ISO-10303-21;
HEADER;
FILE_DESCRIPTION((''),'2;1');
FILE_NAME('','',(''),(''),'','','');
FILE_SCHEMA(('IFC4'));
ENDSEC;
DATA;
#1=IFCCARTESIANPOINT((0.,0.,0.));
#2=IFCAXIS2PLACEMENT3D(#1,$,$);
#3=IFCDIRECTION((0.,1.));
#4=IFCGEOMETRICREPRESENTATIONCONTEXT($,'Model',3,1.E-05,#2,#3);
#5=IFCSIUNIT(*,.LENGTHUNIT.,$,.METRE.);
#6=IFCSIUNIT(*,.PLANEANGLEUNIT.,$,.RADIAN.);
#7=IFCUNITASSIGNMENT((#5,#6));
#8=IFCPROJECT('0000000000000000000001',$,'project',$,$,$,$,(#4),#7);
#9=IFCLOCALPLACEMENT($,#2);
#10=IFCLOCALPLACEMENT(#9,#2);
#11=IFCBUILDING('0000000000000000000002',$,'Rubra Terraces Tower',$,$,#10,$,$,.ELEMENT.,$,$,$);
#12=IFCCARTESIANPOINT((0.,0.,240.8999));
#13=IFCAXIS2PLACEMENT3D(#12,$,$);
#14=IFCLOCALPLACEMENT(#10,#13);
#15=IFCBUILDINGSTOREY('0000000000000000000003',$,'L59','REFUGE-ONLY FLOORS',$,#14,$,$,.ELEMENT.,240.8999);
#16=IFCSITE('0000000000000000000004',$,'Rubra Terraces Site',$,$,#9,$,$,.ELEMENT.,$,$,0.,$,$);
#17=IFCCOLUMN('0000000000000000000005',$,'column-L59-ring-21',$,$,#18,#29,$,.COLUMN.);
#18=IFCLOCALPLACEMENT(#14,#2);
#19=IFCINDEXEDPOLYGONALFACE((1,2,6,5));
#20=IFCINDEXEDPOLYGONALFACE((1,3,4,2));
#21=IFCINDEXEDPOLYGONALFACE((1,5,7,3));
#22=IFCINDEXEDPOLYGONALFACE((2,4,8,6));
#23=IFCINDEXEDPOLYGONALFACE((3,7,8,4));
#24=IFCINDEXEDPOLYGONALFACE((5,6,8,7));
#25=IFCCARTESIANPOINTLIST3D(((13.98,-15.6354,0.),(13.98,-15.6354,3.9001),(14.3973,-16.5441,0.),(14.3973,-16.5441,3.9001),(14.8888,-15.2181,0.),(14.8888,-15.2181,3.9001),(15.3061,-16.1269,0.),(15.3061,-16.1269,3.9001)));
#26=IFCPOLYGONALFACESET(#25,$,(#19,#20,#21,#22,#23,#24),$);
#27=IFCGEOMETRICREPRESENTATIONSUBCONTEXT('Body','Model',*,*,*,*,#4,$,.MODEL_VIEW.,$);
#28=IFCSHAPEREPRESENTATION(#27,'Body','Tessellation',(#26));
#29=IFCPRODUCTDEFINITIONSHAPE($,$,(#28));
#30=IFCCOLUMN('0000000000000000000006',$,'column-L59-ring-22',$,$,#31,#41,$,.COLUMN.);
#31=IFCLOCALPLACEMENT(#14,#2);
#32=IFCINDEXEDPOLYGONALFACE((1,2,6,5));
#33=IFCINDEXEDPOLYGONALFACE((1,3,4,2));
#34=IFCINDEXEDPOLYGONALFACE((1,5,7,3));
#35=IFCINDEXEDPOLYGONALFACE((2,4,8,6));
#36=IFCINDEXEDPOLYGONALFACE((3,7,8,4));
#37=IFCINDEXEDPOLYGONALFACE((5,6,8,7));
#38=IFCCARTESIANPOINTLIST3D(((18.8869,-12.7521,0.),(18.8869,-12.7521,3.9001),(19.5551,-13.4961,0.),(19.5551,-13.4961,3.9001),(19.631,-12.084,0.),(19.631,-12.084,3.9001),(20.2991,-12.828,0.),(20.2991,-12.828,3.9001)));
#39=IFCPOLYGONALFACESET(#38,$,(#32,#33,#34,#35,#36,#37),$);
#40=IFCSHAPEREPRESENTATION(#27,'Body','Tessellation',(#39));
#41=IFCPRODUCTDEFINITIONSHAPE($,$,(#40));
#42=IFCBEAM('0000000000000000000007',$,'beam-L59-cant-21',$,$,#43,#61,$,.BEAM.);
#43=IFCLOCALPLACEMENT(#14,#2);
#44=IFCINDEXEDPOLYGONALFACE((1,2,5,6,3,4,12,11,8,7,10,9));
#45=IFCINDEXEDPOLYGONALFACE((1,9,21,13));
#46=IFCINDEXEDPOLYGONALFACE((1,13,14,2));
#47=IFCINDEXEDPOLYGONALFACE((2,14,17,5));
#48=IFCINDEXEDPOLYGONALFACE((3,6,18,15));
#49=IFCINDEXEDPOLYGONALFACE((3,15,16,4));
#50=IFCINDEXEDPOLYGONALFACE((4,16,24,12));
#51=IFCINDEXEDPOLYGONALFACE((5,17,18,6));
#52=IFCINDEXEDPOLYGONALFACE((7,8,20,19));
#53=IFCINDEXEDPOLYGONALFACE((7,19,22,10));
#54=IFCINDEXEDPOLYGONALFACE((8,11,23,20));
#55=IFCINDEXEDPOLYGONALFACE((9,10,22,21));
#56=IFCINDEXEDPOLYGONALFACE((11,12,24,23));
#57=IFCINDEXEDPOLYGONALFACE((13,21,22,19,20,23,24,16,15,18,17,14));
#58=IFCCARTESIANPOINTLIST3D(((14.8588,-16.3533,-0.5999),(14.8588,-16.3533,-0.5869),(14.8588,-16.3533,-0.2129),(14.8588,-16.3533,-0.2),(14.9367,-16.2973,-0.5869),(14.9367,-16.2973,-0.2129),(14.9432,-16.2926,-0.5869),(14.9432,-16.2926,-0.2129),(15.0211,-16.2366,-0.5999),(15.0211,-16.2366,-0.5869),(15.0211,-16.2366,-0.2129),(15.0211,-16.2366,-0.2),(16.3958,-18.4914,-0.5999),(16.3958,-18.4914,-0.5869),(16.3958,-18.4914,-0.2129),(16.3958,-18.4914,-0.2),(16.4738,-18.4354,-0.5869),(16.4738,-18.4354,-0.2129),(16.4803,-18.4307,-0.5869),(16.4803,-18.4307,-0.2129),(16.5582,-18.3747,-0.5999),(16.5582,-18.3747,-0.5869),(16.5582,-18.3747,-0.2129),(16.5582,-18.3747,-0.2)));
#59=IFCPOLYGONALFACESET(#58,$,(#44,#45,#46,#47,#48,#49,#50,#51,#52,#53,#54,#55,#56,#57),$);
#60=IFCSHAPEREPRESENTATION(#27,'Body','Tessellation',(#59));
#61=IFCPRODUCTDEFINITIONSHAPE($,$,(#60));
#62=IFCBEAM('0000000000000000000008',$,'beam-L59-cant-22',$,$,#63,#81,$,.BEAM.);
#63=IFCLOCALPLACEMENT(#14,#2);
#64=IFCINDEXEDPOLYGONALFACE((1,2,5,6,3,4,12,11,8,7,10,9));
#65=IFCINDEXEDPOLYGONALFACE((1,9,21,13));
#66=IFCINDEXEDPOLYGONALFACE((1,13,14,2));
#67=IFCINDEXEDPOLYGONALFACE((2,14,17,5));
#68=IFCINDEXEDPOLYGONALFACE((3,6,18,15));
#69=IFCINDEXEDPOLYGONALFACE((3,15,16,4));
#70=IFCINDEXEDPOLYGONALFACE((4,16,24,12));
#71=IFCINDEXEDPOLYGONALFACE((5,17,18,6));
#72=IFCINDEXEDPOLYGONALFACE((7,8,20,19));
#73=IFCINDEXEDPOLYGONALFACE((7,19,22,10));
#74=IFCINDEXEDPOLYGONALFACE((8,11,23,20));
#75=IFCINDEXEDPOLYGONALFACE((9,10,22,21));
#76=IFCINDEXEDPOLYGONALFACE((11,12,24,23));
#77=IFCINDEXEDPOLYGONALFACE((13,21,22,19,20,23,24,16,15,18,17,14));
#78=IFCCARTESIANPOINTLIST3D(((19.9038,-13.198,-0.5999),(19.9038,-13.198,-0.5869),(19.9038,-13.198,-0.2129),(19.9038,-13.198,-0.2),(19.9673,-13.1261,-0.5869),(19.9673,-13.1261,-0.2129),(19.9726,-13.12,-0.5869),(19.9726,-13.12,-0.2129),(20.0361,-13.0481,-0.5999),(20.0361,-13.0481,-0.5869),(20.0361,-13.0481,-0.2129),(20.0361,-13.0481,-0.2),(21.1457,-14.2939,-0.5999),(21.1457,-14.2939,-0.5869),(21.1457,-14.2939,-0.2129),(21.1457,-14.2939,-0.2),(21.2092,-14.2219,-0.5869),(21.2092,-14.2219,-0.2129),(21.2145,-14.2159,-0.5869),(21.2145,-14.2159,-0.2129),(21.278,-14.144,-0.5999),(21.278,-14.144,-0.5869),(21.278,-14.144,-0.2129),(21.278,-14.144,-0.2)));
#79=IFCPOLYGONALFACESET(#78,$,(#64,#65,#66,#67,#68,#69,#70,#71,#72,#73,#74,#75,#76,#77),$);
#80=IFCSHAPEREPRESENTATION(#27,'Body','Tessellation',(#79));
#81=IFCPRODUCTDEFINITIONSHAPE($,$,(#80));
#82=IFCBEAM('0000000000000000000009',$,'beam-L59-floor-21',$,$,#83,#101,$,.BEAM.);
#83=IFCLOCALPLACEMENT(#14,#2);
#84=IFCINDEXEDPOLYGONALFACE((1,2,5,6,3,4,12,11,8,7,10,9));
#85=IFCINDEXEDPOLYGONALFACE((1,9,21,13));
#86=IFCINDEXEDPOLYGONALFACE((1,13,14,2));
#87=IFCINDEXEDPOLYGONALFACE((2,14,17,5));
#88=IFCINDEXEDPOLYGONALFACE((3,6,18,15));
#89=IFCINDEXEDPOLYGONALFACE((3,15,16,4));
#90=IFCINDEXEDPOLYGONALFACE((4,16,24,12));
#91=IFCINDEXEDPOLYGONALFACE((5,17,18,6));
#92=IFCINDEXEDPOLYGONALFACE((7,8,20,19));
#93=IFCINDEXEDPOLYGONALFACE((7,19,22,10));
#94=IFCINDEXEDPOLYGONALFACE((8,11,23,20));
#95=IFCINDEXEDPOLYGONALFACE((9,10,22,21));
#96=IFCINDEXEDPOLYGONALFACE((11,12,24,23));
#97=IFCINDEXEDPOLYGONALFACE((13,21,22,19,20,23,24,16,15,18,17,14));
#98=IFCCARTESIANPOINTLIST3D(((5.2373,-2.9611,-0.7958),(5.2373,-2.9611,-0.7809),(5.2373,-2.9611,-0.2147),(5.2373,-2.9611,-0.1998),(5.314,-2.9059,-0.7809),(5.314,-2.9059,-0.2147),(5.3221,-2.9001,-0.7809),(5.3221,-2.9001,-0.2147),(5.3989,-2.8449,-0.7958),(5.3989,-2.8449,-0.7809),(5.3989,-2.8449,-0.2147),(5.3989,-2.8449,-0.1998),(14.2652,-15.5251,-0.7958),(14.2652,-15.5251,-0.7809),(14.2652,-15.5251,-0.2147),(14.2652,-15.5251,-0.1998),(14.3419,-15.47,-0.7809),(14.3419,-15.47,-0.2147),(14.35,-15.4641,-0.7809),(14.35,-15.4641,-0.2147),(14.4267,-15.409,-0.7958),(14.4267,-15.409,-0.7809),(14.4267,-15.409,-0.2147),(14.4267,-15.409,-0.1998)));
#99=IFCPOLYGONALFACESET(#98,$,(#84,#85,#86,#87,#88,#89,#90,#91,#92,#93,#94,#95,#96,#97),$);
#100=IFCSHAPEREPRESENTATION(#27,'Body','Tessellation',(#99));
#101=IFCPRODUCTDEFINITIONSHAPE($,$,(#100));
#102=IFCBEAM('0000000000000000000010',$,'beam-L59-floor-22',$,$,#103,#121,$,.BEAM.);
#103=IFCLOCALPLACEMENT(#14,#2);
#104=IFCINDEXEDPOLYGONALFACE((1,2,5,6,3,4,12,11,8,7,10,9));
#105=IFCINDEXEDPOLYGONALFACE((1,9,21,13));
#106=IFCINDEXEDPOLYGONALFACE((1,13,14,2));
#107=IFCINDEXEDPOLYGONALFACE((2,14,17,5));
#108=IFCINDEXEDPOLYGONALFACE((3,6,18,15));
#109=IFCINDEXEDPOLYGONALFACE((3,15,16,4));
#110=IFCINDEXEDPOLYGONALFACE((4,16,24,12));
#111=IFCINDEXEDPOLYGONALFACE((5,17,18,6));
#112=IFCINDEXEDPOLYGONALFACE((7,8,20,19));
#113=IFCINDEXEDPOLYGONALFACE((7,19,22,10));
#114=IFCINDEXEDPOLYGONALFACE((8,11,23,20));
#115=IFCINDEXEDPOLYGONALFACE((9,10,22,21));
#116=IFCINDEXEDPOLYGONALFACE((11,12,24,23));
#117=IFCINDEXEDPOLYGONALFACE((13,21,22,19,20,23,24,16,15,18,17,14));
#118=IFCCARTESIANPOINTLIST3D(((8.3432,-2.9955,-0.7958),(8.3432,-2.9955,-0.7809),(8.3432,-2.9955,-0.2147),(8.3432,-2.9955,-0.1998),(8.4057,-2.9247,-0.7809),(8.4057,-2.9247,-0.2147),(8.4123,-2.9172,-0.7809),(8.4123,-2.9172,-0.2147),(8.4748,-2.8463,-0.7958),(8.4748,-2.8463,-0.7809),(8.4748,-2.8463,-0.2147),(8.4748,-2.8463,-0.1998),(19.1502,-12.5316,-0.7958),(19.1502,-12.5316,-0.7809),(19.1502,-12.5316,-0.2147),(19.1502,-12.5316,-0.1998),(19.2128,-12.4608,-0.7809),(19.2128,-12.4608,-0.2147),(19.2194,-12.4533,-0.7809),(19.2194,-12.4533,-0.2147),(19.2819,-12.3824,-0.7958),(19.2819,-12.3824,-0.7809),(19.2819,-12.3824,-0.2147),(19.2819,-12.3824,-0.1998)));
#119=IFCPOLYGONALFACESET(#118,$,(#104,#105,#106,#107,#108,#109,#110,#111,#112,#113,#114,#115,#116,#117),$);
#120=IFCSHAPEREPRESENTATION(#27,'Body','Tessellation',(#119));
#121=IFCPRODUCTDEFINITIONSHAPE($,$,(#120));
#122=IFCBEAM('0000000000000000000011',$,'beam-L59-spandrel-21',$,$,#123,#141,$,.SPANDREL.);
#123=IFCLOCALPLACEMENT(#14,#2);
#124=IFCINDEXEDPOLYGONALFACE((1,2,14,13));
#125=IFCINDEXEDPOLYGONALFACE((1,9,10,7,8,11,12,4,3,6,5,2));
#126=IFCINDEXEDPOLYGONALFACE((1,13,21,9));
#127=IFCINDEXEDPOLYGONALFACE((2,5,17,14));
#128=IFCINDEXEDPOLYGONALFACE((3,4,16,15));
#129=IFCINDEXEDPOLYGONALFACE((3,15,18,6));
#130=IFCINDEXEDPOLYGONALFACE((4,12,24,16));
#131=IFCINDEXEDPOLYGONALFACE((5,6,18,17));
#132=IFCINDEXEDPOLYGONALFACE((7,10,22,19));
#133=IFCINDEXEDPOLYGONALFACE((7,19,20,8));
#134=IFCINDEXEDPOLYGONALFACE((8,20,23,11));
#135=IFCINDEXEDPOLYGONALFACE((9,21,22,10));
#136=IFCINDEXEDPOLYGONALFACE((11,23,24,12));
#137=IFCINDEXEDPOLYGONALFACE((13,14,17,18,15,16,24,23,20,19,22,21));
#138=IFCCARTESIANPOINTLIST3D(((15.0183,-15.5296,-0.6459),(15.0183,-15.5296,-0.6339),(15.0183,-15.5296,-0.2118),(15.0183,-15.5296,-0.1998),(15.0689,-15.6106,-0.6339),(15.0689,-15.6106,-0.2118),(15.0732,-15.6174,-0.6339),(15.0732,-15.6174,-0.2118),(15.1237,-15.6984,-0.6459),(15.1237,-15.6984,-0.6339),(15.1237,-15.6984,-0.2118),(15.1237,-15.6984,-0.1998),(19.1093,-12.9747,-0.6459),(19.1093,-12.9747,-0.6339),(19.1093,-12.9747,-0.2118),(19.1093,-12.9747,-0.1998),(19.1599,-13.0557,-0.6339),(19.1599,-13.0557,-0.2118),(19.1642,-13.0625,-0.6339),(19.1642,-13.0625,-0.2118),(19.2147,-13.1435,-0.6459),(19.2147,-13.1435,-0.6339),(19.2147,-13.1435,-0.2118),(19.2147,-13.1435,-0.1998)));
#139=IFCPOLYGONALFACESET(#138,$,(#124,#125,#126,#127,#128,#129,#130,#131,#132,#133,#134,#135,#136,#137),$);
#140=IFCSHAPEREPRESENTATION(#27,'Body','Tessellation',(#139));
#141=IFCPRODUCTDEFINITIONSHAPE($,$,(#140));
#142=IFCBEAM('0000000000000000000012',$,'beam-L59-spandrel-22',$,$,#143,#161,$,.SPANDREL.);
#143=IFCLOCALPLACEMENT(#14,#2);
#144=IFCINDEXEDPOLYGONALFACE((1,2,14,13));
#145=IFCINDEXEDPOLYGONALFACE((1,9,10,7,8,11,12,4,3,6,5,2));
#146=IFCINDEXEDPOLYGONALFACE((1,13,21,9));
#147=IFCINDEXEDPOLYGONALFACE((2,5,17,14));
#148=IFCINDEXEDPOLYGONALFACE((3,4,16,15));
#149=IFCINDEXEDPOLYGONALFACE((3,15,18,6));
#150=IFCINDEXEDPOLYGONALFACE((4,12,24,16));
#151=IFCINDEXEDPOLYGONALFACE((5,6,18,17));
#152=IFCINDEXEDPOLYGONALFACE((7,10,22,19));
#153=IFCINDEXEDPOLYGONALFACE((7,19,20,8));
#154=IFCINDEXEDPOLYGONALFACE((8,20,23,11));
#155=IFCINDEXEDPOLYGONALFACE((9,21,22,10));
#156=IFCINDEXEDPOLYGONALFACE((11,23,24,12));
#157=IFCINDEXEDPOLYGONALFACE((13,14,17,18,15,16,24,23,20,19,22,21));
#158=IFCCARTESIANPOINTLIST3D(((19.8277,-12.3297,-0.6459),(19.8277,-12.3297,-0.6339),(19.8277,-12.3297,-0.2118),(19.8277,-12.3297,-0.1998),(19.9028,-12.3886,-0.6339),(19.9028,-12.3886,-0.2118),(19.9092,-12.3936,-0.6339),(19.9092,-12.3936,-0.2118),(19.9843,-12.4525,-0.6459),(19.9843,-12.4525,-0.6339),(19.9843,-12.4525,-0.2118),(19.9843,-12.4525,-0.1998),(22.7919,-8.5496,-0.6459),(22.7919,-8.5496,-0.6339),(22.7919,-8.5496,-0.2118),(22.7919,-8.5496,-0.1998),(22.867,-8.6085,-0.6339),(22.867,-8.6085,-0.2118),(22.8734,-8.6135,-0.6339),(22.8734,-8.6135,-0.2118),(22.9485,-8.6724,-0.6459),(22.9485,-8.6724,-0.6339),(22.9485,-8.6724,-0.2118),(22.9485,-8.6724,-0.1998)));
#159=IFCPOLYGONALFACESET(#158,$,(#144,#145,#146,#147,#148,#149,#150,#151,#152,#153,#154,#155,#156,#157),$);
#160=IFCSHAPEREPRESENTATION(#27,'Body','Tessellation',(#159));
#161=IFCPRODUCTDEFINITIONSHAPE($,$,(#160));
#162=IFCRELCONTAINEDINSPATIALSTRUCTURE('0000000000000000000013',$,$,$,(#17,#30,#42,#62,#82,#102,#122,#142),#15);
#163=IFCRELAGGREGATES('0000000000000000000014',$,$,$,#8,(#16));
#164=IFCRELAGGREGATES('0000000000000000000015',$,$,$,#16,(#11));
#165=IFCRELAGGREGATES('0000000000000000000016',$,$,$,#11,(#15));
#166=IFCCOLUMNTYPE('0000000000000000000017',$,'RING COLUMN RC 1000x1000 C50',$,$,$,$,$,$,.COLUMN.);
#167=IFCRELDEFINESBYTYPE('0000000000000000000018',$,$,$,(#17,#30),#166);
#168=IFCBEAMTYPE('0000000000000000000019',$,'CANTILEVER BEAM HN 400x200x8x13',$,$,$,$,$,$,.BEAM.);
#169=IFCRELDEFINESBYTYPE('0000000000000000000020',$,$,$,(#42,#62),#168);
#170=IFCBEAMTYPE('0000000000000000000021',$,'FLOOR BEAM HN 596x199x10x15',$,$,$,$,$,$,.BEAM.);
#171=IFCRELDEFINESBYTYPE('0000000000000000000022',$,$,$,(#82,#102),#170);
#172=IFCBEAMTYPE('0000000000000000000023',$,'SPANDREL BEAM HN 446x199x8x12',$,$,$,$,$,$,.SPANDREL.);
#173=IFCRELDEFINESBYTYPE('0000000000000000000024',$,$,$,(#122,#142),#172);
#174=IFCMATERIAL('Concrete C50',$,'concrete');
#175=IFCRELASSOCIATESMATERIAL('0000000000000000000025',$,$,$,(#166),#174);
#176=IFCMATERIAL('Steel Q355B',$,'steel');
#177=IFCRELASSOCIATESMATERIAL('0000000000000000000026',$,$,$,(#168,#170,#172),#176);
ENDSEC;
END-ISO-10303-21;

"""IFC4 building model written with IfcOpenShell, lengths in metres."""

from ifc_helpers import new_model, si_unit, direction, frame, origin, origin_2d, place, context, subcontext, project, spatial, rectangle, i_section, extrude, material, material_profile, profile_set, type_object, element, save


model = new_model("IFC4")

# Units and contexts
model_context = context("Model", 3, precision=1e-05, world=origin(), true_north=direction((0.0, 1.0)))
body_context = subcontext(model_context, "Body", "Model", "MODEL_VIEW")
ifc_project = project(units=[si_unit("LENGTHUNIT", "METRE"), si_unit("PLANEANGLEUNIT", "RADIAN")], contexts=[model_context])

# Site, building, storey
site_placement = place(None, origin())
site = spatial("IfcSite", under=ifc_project, at=site_placement, Name="Rubra Terraces Site", CompositionType="ELEMENT", RefElevation=0.0)
building_placement = place(site_placement, origin())
building = spatial("IfcBuilding", under=site, at=building_placement, Name="Rubra Terraces Tower", CompositionType="ELEMENT")
storey_placement = place(building_placement, frame((0.0, 0.0, 240.8999)))
storey = spatial("IfcBuildingStorey", under=building, at=storey_placement, Name="L59", Description="REFUGE-ONLY FLOORS", CompositionType="ELEMENT", Elevation=240.8999)

# Columns
ifc_material_1 = material(Name="Concrete C50", Category="concrete")
ifc_material_profile_1 = material_profile(ifc_material_1, rectangle(XDim=1.0, YDim=1.0, at=origin_2d()), Name="RC 1000x1000")
ifc_profile_set_1 = profile_set([ifc_material_profile_1], Name="Concrete C50")
column_type = type_object("IfcColumnType", Name="RING COLUMN RC 1000x1000 C50", PredefinedType="COLUMN", material=ifc_profile_set_1)
for number, where, z_axis, x_axis, name in (
    (1, (14.6431, -15.8811, 0.0), (0.0, 0.0, 1.0), (0.908779, 0.417279, 0.0), "column-L59-ring-21"),
    (2, (19.593, -12.79, 0.0), (0.0, 0.0, 1.0), (0.744021, 0.668156, 0.0), "column-L59-ring-22"),
):
    element("IfcColumn", number, at=place(storey_placement, frame(where, z_axis=z_axis, x_axis=x_axis)), inside=storey, type_object=column_type, Name=name, PredefinedType="COLUMN", context=body_context, shape_type="SweptSolid", body=[
        extrude(rectangle(XDim=1.0, YDim=1.0, at=origin_2d()), origin(), (0.0, 0.0, 1.0), 3.9001),
    ])

# Beams
ifc_material_2 = material(Name="Steel Q355B", Category="steel")
ifc_material_profile_2 = material_profile(ifc_material_2, i_section(OverallWidth=0.2, OverallDepth=0.3999, WebThickness=0.0081, FlangeThickness=0.0129, at=origin_2d()), Name="HN 400x200x8x13")
ifc_profile_set_2 = profile_set([ifc_material_profile_2], Name="Steel Q355B")
beam_type_1 = type_object("IfcBeamType", Name="CANTILEVER BEAM HN 400x200x8x13", PredefinedType="BEAM", material=ifc_profile_set_2)
beam_1_placement = place(storey_placement, frame((14.9399, -16.2949, -0.3999), z_axis=(0.583709, -0.811963, 0.0), x_axis=(0.811963, 0.583709, 0.0)))
element("IfcBeam", 3, at=beam_1_placement, inside=storey, type_object=beam_type_1, Name="beam-L59-cant-21", PredefinedType="BEAM", context=body_context, shape_type="SweptSolid", body=[
    extrude(i_section(OverallWidth=0.2, OverallDepth=0.3999, WebThickness=0.0081, FlangeThickness=0.0129, at=origin_2d()), origin(), (0.0, 0.0, 1.0), 2.6333),
])
beam_2_placement = place(storey_placement, frame((19.97, -13.123, -0.3999), z_axis=(0.749803, -0.661661, 0.0), x_axis=(0.661661, 0.749803, 0.0)))
element("IfcBeam", 4, at=beam_2_placement, inside=storey, type_object=beam_type_1, Name="beam-L59-cant-22", PredefinedType="BEAM", context=body_context, shape_type="SweptSolid", body=[
    extrude(i_section(OverallWidth=0.2, OverallDepth=0.3999, WebThickness=0.0081, FlangeThickness=0.0129, at=origin_2d()), origin(), (0.0, 0.0, 1.0), 1.6562),
])
ifc_material_profile_3 = material_profile(ifc_material_2, i_section(OverallWidth=0.199, OverallDepth=0.5959, WebThickness=0.01, FlangeThickness=0.0149, at=origin_2d()), Name="HN 596x199x10x15")
ifc_profile_set_3 = profile_set([ifc_material_profile_3], Name="Steel Q355B")
beam_type_2 = type_object("IfcBeamType", Name="FLOOR BEAM HN 596x199x10x15", PredefinedType="BEAM", material=ifc_profile_set_3)
beam_3_placement = place(storey_placement, frame((14.3459, -15.467, -0.4978), z_axis=(-0.583529, 0.812092, 0.0), x_axis=(-0.812092, -0.583529, 0.0)))
element("IfcBeam", 5, at=beam_3_placement, inside=storey, type_object=beam_type_2, Name="beam-L59-floor-21", PredefinedType="BEAM", context=body_context, shape_type="SweptSolid", body=[
    extrude(i_section(OverallWidth=0.199, OverallDepth=0.5959, WebThickness=0.01, FlangeThickness=0.0149, at=origin_2d()), origin(), (0.0, 0.0, 1.0), 15.4712),
])
beam_4_placement = place(storey_placement, frame((19.2161, -12.457, -0.4978), z_axis=(-0.749823, 0.661638, 0.0), x_axis=(-0.661638, -0.749823, 0.0)))
element("IfcBeam", 6, at=beam_4_placement, inside=storey, type_object=beam_type_2, Name="beam-L59-floor-22", PredefinedType="BEAM", context=body_context, shape_type="SweptSolid", body=[
    extrude(i_section(OverallWidth=0.199, OverallDepth=0.5959, WebThickness=0.01, FlangeThickness=0.0149, at=origin_2d()), origin(), (0.0, 0.0, 1.0), 14.4128),
])
ifc_material_profile_4 = material_profile(ifc_material_2, i_section(OverallWidth=0.199, OverallDepth=0.446, WebThickness=0.0081, FlangeThickness=0.012, at=origin_2d()), Name="HN 446x199x8x12")
ifc_profile_set_4 = profile_set([ifc_material_profile_4], Name="Steel Q355B")
beam_type_3 = type_object("IfcBeamType", Name="SPANDREL BEAM HN 446x199x8x12", PredefinedType="SPANDREL", material=ifc_profile_set_4)
beam_5_placement = place(storey_placement, frame((15.071, -15.614, -0.4229), z_axis=(0.848183, 0.529703, 0.0), x_axis=(-0.529703, 0.848183, 0.0)))
element("IfcBeam", 7, at=beam_5_placement, inside=storey, type_object=beam_type_3, Name="beam-L59-spandrel-21", PredefinedType="SPANDREL", context=body_context, shape_type="SweptSolid", body=[
    extrude(i_section(OverallWidth=0.199, OverallDepth=0.446, WebThickness=0.0081, FlangeThickness=0.012, at=origin_2d()), origin(), (0.0, 0.0, 1.0), 4.8232),
])
beam_6_placement = place(storey_placement, frame((19.906, -12.3911, -0.4229), z_axis=(0.61706, 0.786916, 0.0), x_axis=(-0.786916, 0.61706, 0.0)))
element("IfcBeam", 8, at=beam_6_placement, inside=storey, type_object=beam_type_3, Name="beam-L59-spandrel-22", PredefinedType="SPANDREL", context=body_context, shape_type="SweptSolid", body=[
    extrude(i_section(OverallWidth=0.199, OverallDepth=0.446, WebThickness=0.0081, FlangeThickness=0.012, at=origin_2d()), origin(), (0.0, 0.0, 1.0), 4.8037),
])

save(model, "model.ifc")
